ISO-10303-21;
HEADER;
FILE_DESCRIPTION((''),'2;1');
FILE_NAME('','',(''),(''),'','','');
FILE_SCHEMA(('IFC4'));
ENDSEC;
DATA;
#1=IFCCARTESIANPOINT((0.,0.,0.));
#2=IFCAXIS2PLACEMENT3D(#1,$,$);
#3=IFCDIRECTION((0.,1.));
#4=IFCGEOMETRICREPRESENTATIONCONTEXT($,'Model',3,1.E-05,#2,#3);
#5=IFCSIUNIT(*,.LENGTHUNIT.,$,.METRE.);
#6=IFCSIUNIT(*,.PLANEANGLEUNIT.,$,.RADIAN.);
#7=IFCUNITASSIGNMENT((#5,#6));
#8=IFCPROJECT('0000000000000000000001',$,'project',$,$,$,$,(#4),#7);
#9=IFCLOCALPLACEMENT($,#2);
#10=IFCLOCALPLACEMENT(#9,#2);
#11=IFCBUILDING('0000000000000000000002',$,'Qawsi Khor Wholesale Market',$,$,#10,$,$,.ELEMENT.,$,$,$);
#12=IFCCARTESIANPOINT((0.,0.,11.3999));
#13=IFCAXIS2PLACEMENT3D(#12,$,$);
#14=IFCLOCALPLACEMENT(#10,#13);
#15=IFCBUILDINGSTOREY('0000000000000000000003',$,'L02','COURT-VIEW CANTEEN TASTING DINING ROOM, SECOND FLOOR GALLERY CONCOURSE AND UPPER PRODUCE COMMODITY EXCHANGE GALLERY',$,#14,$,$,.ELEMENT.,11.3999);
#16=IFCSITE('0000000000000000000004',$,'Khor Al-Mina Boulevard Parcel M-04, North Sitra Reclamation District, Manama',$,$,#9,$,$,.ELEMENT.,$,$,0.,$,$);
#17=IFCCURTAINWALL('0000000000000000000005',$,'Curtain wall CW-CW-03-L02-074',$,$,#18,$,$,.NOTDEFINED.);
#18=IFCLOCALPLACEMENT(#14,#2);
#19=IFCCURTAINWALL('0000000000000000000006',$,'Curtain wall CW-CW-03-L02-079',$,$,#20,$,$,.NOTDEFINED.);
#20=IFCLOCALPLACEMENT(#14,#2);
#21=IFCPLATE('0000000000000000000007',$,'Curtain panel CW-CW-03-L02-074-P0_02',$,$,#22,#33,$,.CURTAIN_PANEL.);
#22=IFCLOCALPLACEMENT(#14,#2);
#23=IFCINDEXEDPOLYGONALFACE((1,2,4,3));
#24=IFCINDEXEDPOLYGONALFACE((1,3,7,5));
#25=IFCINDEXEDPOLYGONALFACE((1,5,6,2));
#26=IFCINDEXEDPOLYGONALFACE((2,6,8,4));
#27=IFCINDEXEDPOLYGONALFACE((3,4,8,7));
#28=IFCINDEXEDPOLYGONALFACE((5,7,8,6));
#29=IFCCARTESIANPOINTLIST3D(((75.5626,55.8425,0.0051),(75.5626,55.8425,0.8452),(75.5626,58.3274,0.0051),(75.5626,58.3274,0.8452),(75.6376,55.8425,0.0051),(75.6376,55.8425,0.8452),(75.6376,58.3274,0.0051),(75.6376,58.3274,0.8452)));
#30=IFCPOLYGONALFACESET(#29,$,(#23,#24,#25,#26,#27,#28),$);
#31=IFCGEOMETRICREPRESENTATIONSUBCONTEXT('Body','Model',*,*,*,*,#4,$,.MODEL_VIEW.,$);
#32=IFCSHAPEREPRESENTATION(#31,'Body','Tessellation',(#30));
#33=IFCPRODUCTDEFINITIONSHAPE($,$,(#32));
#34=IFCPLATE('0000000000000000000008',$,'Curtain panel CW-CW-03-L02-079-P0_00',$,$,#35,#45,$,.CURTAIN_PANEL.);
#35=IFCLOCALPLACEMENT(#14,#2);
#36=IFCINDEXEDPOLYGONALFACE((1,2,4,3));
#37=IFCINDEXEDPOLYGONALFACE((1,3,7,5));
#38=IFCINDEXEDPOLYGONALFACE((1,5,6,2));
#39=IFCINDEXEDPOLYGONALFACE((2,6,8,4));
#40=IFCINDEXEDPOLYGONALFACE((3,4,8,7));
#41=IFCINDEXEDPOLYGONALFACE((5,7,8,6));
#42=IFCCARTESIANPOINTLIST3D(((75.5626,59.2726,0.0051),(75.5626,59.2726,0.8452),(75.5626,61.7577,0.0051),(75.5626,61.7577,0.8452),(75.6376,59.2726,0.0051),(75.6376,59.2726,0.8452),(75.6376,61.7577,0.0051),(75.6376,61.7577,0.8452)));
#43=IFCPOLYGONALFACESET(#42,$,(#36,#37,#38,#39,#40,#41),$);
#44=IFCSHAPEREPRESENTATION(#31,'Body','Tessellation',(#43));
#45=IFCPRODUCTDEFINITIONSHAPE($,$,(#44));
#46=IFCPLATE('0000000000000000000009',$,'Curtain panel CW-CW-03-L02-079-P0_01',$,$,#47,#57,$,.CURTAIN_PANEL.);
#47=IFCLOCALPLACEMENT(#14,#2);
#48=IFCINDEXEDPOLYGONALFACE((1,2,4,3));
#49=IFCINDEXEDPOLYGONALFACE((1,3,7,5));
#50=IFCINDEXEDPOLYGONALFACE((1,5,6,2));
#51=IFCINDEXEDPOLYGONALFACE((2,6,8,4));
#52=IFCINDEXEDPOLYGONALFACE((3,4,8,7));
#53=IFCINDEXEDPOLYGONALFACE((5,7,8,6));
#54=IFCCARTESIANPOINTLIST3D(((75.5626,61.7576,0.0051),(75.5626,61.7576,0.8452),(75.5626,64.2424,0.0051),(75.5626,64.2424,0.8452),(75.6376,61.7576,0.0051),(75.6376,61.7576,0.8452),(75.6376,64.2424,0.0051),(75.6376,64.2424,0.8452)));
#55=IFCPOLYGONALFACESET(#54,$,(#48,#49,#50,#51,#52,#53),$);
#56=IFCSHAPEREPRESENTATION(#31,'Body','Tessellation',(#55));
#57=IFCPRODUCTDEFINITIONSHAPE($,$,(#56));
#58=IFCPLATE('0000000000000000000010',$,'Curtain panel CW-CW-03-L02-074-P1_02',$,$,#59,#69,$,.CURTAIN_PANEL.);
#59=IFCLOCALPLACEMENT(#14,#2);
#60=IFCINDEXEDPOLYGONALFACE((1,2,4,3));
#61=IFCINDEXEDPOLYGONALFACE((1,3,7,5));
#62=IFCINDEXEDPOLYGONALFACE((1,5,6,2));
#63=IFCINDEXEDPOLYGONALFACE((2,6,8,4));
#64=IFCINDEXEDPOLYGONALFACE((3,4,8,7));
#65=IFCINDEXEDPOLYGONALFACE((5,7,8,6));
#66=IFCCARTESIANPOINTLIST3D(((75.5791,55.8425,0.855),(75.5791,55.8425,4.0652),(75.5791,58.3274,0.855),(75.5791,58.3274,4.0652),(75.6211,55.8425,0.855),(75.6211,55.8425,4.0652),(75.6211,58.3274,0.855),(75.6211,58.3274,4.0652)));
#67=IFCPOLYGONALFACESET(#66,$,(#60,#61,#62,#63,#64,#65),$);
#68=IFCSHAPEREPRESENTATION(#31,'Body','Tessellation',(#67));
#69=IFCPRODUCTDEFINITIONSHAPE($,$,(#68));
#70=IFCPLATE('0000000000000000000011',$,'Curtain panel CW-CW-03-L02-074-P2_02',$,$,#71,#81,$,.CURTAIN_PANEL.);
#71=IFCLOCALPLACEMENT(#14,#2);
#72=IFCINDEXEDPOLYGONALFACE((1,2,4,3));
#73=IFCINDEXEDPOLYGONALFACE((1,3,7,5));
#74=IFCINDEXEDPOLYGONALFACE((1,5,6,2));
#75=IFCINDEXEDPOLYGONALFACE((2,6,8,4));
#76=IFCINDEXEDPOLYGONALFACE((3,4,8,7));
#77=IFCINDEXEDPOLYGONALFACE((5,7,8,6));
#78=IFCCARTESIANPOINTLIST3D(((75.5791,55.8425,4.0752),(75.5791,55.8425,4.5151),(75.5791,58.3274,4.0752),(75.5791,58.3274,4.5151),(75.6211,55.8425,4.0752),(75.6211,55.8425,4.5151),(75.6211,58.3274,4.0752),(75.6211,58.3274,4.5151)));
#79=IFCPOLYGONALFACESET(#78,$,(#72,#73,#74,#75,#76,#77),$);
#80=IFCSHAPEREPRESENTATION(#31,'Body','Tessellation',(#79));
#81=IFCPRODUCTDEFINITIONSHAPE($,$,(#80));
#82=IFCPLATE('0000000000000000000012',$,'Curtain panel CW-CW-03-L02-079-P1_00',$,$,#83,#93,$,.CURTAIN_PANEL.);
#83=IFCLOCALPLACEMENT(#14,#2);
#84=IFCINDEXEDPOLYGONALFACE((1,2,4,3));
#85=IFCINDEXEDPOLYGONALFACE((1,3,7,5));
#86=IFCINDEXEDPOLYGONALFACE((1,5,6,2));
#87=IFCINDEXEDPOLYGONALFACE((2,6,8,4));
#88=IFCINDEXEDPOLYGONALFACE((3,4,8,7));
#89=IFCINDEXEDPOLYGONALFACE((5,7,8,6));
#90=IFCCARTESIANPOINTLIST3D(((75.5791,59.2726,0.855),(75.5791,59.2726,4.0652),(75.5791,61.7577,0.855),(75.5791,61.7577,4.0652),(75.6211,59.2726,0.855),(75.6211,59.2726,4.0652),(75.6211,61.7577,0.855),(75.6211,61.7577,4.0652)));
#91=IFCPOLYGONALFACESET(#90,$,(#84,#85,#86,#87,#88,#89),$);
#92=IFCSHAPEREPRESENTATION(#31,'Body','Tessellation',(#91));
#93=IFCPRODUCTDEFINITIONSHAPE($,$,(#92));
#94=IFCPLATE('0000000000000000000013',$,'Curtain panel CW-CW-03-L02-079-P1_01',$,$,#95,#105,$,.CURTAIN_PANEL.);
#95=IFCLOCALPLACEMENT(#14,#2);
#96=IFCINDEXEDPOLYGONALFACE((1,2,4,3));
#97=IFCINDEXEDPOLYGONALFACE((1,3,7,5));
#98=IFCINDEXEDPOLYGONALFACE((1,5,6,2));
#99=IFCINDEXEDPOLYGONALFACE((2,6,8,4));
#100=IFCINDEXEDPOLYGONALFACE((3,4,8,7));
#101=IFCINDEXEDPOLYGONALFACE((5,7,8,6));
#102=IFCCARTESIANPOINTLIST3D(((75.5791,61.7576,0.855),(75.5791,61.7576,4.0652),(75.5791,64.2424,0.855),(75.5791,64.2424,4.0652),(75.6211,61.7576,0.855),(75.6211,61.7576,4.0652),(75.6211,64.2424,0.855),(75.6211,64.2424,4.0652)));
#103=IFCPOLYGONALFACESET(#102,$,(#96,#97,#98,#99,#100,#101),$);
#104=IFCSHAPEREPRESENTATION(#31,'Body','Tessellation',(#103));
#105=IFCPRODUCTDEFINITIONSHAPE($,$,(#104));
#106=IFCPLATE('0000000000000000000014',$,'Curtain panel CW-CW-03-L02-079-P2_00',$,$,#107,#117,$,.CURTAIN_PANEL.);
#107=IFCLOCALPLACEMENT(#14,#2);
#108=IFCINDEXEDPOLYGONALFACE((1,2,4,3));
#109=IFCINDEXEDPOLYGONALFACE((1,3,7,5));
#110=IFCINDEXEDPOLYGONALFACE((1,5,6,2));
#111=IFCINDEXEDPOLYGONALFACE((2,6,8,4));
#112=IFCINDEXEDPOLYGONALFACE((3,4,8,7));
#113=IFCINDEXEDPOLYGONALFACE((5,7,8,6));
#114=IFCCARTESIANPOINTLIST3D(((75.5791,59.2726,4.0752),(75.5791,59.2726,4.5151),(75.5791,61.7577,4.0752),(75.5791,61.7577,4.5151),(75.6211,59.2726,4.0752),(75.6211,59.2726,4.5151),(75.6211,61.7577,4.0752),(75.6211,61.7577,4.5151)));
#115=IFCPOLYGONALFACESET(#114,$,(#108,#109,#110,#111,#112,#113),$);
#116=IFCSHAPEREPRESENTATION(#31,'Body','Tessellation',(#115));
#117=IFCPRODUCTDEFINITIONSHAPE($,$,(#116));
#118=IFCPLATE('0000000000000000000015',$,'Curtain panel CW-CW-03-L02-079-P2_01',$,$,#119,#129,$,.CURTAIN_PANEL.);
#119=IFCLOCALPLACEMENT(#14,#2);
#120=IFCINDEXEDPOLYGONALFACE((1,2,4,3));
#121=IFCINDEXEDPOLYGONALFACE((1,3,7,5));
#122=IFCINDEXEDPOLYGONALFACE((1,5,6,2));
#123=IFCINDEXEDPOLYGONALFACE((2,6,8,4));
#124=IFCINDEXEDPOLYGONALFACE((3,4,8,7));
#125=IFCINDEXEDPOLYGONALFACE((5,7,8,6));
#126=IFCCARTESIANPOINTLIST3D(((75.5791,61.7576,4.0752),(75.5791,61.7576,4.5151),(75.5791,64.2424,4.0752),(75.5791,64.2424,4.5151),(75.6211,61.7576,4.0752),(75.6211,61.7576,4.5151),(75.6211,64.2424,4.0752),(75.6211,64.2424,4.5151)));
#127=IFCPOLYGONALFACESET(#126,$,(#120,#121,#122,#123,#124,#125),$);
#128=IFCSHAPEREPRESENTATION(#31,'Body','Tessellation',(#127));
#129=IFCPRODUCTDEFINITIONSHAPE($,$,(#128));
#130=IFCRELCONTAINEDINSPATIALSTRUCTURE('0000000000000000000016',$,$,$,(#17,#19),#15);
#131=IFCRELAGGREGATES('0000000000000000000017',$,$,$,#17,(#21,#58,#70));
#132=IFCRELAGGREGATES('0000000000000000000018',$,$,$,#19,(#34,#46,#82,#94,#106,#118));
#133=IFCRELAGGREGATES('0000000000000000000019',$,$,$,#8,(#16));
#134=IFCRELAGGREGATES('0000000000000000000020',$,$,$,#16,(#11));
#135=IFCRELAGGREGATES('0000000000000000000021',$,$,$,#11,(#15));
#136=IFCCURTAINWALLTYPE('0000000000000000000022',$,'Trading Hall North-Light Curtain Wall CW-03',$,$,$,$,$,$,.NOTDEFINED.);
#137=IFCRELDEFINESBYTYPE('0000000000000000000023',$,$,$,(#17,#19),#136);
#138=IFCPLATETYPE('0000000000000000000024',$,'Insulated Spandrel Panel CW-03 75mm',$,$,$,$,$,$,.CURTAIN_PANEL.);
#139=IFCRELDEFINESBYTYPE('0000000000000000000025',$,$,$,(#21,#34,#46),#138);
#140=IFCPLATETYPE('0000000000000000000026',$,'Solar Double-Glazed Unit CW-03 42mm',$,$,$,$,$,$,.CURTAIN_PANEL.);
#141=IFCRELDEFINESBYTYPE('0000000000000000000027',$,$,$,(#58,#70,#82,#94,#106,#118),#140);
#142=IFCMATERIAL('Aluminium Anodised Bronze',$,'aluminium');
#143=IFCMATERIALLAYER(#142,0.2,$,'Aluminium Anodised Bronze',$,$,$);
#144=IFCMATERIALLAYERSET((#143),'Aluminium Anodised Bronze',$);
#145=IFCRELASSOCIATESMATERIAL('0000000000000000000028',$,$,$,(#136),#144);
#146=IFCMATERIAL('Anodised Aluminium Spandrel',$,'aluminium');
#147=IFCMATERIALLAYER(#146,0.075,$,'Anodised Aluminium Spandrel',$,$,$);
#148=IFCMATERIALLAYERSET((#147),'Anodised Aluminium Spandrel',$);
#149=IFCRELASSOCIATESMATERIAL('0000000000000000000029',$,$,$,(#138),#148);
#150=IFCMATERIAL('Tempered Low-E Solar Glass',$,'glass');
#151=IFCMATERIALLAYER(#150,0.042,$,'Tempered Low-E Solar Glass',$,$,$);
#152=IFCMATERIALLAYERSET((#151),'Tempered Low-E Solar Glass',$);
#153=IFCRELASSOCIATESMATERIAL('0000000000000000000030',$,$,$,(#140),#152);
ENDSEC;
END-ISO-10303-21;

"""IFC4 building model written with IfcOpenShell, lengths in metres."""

from ifc_helpers import new_model, si_unit, direction, frame, frame_2d, origin, place, context, subcontext, project, spatial, rectangle, extrude, material, layer, layer_set, type_object, element, aggregate, save


model = new_model("IFC4")

# Units and contexts
model_context = context("Model", 3, precision=1e-05, world=origin(), true_north=direction((0.0, 1.0)))
body_context = subcontext(model_context, "Body", "Model", "MODEL_VIEW")
ifc_project = project(units=[si_unit("LENGTHUNIT", "METRE"), si_unit("PLANEANGLEUNIT", "RADIAN")], contexts=[model_context])

# Site, building, storey
site_placement = place(None, origin())
site = spatial("IfcSite", under=ifc_project, at=site_placement, Name="Khor Al-Mina Boulevard Parcel M-04, North Sitra Reclamation District, Manama", CompositionType="ELEMENT", RefElevation=0.0)
building_placement = place(site_placement, origin())
building = spatial("IfcBuilding", under=site, at=building_placement, Name="Qawsi Khor Wholesale Market", CompositionType="ELEMENT")
storey_placement = place(building_placement, frame((0.0, 0.0, 11.3999)))
storey = spatial("IfcBuildingStorey", under=building, at=storey_placement, Name="L02", Description="COURT-VIEW CANTEEN TASTING DINING ROOM, SECOND FLOOR GALLERY CONCOURSE AND UPPER PRODUCE COMMODITY EXCHANGE GALLERY", CompositionType="ELEMENT", Elevation=11.3999)

# Curtain wall
ifc_material_1 = material(Name="Aluminium Anodised Bronze", Category="aluminium")
ifc_layer_1 = layer(ifc_material_1, 0.2, Name="Aluminium Anodised Bronze")
ifc_layer_set_1 = layer_set([ifc_layer_1], Name="Aluminium Anodised Bronze")
curtain_wall_type = type_object("IfcCurtainWallType", Name="Trading Hall North-Light Curtain Wall CW-03", PredefinedType="NOTDEFINED", material=ifc_layer_set_1)
curtain_wall_1_placement = place(storey_placement, origin())
curtain_wall_1 = element("IfcCurtainWall", 1, at=curtain_wall_1_placement, inside=storey, type_object=curtain_wall_type, Name="Curtain wall CW-CW-03-L02-074", PredefinedType="NOTDEFINED")

# Curtain wall
curtain_wall_2_placement = place(storey_placement, origin())
curtain_wall_2 = element("IfcCurtainWall", 2, at=curtain_wall_2_placement, inside=storey, type_object=curtain_wall_type, Name="Curtain wall CW-CW-03-L02-079", PredefinedType="NOTDEFINED")

# Plates
ifc_material_2 = material(Name="Anodised Aluminium Spandrel", Category="aluminium")
ifc_layer_2 = layer(ifc_material_2, 0.075, Name="Anodised Aluminium Spandrel")
ifc_layer_set_2 = layer_set([ifc_layer_2], Name="Anodised Aluminium Spandrel")
plate_type_1 = type_object("IfcPlateType", Name="Insulated Spandrel Panel CW-03 75mm", PredefinedType="CURTAIN_PANEL", material=ifc_layer_set_2)
plate_1_placement = place(storey_placement, frame((75.6001, 55.8425, 0.0051), z_axis=(0.0, 0.0, 1.0), x_axis=(0.0, 1.0, 0.0)))
plate_1 = element("IfcPlate", 3, at=plate_1_placement, type_object=plate_type_1, Name="Curtain panel CW-CW-03-L02-074-P0_02", PredefinedType="CURTAIN_PANEL", context=body_context, shape_type="SweptSolid", body=[
    extrude(rectangle(XDim=2.4849, YDim=0.075, at=frame_2d((1.2424, 0.0))), origin(), (0.0, 0.0, 1.0), 0.8401),
])
plate_2_placement = place(storey_placement, frame((75.6001, 59.2725, 0.0051), z_axis=(0.0, 0.0, 1.0), x_axis=(0.0, 1.0, 0.0)))
plate_2 = element("IfcPlate", 4, at=plate_2_placement, type_object=plate_type_1, Name="Curtain panel CW-CW-03-L02-079-P0_00", PredefinedType="CURTAIN_PANEL", context=body_context, shape_type="SweptSolid", body=[
    extrude(rectangle(XDim=2.4851, YDim=0.075, at=frame_2d((1.2427, 0.0))), origin(), (0.0, 0.0, 1.0), 0.8401),
])
plate_3_placement = place(storey_placement, frame((75.6001, 61.7576, 0.0051), z_axis=(0.0, 0.0, 1.0), x_axis=(0.0, 1.0, 0.0)))
plate_3 = element("IfcPlate", 5, at=plate_3_placement, type_object=plate_type_1, Name="Curtain panel CW-CW-03-L02-079-P0_01", PredefinedType="CURTAIN_PANEL", context=body_context, shape_type="SweptSolid", body=[
    extrude(rectangle(XDim=2.4849, YDim=0.075, at=frame_2d((1.2424, 0.0))), origin(), (0.0, 0.0, 1.0), 0.8401),
])
ifc_material_3 = material(Name="Tempered Low-E Solar Glass", Category="glass")
ifc_layer_3 = layer(ifc_material_3, 0.042, Name="Tempered Low-E Solar Glass")
ifc_layer_set_3 = layer_set([ifc_layer_3], Name="Tempered Low-E Solar Glass")
plate_type_2 = type_object("IfcPlateType", Name="Solar Double-Glazed Unit CW-03 42mm", PredefinedType="CURTAIN_PANEL", material=ifc_layer_set_3)
plate_4_placement = place(storey_placement, frame((75.6001, 55.8425, 0.855), z_axis=(0.0, 0.0, 1.0), x_axis=(0.0, 1.0, 0.0)))
plate_4 = element("IfcPlate", 6, at=plate_4_placement, type_object=plate_type_2, Name="Curtain panel CW-CW-03-L02-074-P1_02", PredefinedType="CURTAIN_PANEL", context=body_context, shape_type="SweptSolid", body=[
    extrude(rectangle(XDim=2.4849, YDim=0.042, at=frame_2d((1.2424, 0.0))), origin(), (0.0, 0.0, 1.0), 3.2102),
])
plate_5_placement = place(storey_placement, frame((75.6001, 55.8425, 4.0752), z_axis=(0.0, 0.0, 1.0), x_axis=(0.0, 1.0, 0.0)))
plate_5 = element("IfcPlate", 7, at=plate_5_placement, type_object=plate_type_2, Name="Curtain panel CW-CW-03-L02-074-P2_02", PredefinedType="CURTAIN_PANEL", context=body_context, shape_type="SweptSolid", body=[
    extrude(rectangle(XDim=2.4849, YDim=0.042, at=frame_2d((1.2424, 0.0))), origin(), (0.0, 0.0, 1.0), 0.4399),
])
aggregate(curtain_wall_1, [plate_1, plate_4, plate_5])
plate_6_placement = place(storey_placement, frame((75.6001, 59.2725, 0.855), z_axis=(0.0, 0.0, 1.0), x_axis=(0.0, 1.0, 0.0)))
plate_6 = element("IfcPlate", 8, at=plate_6_placement, type_object=plate_type_2, Name="Curtain panel CW-CW-03-L02-079-P1_00", PredefinedType="CURTAIN_PANEL", context=body_context, shape_type="SweptSolid", body=[
    extrude(rectangle(XDim=2.4851, YDim=0.042, at=frame_2d((1.2427, 0.0))), origin(), (0.0, 0.0, 1.0), 3.2102),
])
plate_7_placement = place(storey_placement, frame((75.6001, 61.7576, 0.855), z_axis=(0.0, 0.0, 1.0), x_axis=(0.0, 1.0, 0.0)))
plate_7 = element("IfcPlate", 9, at=plate_7_placement, type_object=plate_type_2, Name="Curtain panel CW-CW-03-L02-079-P1_01", PredefinedType="CURTAIN_PANEL", context=body_context, shape_type="SweptSolid", body=[
    extrude(rectangle(XDim=2.4849, YDim=0.042, at=frame_2d((1.2424, 0.0))), origin(), (0.0, 0.0, 1.0), 3.2102),
])
plate_8_placement = place(storey_placement, frame((75.6001, 59.2725, 4.0752), z_axis=(0.0, 0.0, 1.0), x_axis=(0.0, 1.0, 0.0)))
plate_8 = element("IfcPlate", 10, at=plate_8_placement, type_object=plate_type_2, Name="Curtain panel CW-CW-03-L02-079-P2_00", PredefinedType="CURTAIN_PANEL", context=body_context, shape_type="SweptSolid", body=[
    extrude(rectangle(XDim=2.4851, YDim=0.042, at=frame_2d((1.2427, 0.0))), origin(), (0.0, 0.0, 1.0), 0.4399),
])
plate_9_placement = place(storey_placement, frame((75.6001, 61.7576, 4.0752), z_axis=(0.0, 0.0, 1.0), x_axis=(0.0, 1.0, 0.0)))
plate_9 = element("IfcPlate", 11, at=plate_9_placement, type_object=plate_type_2, Name="Curtain panel CW-CW-03-L02-079-P2_01", PredefinedType="CURTAIN_PANEL", context=body_context, shape_type="SweptSolid", body=[
    extrude(rectangle(XDim=2.4849, YDim=0.042, at=frame_2d((1.2424, 0.0))), origin(), (0.0, 0.0, 1.0), 0.4399),
])
aggregate(curtain_wall_2, [plate_2, plate_3, plate_6, plate_7, plate_8, plate_9])

save(model, "model.ifc")
